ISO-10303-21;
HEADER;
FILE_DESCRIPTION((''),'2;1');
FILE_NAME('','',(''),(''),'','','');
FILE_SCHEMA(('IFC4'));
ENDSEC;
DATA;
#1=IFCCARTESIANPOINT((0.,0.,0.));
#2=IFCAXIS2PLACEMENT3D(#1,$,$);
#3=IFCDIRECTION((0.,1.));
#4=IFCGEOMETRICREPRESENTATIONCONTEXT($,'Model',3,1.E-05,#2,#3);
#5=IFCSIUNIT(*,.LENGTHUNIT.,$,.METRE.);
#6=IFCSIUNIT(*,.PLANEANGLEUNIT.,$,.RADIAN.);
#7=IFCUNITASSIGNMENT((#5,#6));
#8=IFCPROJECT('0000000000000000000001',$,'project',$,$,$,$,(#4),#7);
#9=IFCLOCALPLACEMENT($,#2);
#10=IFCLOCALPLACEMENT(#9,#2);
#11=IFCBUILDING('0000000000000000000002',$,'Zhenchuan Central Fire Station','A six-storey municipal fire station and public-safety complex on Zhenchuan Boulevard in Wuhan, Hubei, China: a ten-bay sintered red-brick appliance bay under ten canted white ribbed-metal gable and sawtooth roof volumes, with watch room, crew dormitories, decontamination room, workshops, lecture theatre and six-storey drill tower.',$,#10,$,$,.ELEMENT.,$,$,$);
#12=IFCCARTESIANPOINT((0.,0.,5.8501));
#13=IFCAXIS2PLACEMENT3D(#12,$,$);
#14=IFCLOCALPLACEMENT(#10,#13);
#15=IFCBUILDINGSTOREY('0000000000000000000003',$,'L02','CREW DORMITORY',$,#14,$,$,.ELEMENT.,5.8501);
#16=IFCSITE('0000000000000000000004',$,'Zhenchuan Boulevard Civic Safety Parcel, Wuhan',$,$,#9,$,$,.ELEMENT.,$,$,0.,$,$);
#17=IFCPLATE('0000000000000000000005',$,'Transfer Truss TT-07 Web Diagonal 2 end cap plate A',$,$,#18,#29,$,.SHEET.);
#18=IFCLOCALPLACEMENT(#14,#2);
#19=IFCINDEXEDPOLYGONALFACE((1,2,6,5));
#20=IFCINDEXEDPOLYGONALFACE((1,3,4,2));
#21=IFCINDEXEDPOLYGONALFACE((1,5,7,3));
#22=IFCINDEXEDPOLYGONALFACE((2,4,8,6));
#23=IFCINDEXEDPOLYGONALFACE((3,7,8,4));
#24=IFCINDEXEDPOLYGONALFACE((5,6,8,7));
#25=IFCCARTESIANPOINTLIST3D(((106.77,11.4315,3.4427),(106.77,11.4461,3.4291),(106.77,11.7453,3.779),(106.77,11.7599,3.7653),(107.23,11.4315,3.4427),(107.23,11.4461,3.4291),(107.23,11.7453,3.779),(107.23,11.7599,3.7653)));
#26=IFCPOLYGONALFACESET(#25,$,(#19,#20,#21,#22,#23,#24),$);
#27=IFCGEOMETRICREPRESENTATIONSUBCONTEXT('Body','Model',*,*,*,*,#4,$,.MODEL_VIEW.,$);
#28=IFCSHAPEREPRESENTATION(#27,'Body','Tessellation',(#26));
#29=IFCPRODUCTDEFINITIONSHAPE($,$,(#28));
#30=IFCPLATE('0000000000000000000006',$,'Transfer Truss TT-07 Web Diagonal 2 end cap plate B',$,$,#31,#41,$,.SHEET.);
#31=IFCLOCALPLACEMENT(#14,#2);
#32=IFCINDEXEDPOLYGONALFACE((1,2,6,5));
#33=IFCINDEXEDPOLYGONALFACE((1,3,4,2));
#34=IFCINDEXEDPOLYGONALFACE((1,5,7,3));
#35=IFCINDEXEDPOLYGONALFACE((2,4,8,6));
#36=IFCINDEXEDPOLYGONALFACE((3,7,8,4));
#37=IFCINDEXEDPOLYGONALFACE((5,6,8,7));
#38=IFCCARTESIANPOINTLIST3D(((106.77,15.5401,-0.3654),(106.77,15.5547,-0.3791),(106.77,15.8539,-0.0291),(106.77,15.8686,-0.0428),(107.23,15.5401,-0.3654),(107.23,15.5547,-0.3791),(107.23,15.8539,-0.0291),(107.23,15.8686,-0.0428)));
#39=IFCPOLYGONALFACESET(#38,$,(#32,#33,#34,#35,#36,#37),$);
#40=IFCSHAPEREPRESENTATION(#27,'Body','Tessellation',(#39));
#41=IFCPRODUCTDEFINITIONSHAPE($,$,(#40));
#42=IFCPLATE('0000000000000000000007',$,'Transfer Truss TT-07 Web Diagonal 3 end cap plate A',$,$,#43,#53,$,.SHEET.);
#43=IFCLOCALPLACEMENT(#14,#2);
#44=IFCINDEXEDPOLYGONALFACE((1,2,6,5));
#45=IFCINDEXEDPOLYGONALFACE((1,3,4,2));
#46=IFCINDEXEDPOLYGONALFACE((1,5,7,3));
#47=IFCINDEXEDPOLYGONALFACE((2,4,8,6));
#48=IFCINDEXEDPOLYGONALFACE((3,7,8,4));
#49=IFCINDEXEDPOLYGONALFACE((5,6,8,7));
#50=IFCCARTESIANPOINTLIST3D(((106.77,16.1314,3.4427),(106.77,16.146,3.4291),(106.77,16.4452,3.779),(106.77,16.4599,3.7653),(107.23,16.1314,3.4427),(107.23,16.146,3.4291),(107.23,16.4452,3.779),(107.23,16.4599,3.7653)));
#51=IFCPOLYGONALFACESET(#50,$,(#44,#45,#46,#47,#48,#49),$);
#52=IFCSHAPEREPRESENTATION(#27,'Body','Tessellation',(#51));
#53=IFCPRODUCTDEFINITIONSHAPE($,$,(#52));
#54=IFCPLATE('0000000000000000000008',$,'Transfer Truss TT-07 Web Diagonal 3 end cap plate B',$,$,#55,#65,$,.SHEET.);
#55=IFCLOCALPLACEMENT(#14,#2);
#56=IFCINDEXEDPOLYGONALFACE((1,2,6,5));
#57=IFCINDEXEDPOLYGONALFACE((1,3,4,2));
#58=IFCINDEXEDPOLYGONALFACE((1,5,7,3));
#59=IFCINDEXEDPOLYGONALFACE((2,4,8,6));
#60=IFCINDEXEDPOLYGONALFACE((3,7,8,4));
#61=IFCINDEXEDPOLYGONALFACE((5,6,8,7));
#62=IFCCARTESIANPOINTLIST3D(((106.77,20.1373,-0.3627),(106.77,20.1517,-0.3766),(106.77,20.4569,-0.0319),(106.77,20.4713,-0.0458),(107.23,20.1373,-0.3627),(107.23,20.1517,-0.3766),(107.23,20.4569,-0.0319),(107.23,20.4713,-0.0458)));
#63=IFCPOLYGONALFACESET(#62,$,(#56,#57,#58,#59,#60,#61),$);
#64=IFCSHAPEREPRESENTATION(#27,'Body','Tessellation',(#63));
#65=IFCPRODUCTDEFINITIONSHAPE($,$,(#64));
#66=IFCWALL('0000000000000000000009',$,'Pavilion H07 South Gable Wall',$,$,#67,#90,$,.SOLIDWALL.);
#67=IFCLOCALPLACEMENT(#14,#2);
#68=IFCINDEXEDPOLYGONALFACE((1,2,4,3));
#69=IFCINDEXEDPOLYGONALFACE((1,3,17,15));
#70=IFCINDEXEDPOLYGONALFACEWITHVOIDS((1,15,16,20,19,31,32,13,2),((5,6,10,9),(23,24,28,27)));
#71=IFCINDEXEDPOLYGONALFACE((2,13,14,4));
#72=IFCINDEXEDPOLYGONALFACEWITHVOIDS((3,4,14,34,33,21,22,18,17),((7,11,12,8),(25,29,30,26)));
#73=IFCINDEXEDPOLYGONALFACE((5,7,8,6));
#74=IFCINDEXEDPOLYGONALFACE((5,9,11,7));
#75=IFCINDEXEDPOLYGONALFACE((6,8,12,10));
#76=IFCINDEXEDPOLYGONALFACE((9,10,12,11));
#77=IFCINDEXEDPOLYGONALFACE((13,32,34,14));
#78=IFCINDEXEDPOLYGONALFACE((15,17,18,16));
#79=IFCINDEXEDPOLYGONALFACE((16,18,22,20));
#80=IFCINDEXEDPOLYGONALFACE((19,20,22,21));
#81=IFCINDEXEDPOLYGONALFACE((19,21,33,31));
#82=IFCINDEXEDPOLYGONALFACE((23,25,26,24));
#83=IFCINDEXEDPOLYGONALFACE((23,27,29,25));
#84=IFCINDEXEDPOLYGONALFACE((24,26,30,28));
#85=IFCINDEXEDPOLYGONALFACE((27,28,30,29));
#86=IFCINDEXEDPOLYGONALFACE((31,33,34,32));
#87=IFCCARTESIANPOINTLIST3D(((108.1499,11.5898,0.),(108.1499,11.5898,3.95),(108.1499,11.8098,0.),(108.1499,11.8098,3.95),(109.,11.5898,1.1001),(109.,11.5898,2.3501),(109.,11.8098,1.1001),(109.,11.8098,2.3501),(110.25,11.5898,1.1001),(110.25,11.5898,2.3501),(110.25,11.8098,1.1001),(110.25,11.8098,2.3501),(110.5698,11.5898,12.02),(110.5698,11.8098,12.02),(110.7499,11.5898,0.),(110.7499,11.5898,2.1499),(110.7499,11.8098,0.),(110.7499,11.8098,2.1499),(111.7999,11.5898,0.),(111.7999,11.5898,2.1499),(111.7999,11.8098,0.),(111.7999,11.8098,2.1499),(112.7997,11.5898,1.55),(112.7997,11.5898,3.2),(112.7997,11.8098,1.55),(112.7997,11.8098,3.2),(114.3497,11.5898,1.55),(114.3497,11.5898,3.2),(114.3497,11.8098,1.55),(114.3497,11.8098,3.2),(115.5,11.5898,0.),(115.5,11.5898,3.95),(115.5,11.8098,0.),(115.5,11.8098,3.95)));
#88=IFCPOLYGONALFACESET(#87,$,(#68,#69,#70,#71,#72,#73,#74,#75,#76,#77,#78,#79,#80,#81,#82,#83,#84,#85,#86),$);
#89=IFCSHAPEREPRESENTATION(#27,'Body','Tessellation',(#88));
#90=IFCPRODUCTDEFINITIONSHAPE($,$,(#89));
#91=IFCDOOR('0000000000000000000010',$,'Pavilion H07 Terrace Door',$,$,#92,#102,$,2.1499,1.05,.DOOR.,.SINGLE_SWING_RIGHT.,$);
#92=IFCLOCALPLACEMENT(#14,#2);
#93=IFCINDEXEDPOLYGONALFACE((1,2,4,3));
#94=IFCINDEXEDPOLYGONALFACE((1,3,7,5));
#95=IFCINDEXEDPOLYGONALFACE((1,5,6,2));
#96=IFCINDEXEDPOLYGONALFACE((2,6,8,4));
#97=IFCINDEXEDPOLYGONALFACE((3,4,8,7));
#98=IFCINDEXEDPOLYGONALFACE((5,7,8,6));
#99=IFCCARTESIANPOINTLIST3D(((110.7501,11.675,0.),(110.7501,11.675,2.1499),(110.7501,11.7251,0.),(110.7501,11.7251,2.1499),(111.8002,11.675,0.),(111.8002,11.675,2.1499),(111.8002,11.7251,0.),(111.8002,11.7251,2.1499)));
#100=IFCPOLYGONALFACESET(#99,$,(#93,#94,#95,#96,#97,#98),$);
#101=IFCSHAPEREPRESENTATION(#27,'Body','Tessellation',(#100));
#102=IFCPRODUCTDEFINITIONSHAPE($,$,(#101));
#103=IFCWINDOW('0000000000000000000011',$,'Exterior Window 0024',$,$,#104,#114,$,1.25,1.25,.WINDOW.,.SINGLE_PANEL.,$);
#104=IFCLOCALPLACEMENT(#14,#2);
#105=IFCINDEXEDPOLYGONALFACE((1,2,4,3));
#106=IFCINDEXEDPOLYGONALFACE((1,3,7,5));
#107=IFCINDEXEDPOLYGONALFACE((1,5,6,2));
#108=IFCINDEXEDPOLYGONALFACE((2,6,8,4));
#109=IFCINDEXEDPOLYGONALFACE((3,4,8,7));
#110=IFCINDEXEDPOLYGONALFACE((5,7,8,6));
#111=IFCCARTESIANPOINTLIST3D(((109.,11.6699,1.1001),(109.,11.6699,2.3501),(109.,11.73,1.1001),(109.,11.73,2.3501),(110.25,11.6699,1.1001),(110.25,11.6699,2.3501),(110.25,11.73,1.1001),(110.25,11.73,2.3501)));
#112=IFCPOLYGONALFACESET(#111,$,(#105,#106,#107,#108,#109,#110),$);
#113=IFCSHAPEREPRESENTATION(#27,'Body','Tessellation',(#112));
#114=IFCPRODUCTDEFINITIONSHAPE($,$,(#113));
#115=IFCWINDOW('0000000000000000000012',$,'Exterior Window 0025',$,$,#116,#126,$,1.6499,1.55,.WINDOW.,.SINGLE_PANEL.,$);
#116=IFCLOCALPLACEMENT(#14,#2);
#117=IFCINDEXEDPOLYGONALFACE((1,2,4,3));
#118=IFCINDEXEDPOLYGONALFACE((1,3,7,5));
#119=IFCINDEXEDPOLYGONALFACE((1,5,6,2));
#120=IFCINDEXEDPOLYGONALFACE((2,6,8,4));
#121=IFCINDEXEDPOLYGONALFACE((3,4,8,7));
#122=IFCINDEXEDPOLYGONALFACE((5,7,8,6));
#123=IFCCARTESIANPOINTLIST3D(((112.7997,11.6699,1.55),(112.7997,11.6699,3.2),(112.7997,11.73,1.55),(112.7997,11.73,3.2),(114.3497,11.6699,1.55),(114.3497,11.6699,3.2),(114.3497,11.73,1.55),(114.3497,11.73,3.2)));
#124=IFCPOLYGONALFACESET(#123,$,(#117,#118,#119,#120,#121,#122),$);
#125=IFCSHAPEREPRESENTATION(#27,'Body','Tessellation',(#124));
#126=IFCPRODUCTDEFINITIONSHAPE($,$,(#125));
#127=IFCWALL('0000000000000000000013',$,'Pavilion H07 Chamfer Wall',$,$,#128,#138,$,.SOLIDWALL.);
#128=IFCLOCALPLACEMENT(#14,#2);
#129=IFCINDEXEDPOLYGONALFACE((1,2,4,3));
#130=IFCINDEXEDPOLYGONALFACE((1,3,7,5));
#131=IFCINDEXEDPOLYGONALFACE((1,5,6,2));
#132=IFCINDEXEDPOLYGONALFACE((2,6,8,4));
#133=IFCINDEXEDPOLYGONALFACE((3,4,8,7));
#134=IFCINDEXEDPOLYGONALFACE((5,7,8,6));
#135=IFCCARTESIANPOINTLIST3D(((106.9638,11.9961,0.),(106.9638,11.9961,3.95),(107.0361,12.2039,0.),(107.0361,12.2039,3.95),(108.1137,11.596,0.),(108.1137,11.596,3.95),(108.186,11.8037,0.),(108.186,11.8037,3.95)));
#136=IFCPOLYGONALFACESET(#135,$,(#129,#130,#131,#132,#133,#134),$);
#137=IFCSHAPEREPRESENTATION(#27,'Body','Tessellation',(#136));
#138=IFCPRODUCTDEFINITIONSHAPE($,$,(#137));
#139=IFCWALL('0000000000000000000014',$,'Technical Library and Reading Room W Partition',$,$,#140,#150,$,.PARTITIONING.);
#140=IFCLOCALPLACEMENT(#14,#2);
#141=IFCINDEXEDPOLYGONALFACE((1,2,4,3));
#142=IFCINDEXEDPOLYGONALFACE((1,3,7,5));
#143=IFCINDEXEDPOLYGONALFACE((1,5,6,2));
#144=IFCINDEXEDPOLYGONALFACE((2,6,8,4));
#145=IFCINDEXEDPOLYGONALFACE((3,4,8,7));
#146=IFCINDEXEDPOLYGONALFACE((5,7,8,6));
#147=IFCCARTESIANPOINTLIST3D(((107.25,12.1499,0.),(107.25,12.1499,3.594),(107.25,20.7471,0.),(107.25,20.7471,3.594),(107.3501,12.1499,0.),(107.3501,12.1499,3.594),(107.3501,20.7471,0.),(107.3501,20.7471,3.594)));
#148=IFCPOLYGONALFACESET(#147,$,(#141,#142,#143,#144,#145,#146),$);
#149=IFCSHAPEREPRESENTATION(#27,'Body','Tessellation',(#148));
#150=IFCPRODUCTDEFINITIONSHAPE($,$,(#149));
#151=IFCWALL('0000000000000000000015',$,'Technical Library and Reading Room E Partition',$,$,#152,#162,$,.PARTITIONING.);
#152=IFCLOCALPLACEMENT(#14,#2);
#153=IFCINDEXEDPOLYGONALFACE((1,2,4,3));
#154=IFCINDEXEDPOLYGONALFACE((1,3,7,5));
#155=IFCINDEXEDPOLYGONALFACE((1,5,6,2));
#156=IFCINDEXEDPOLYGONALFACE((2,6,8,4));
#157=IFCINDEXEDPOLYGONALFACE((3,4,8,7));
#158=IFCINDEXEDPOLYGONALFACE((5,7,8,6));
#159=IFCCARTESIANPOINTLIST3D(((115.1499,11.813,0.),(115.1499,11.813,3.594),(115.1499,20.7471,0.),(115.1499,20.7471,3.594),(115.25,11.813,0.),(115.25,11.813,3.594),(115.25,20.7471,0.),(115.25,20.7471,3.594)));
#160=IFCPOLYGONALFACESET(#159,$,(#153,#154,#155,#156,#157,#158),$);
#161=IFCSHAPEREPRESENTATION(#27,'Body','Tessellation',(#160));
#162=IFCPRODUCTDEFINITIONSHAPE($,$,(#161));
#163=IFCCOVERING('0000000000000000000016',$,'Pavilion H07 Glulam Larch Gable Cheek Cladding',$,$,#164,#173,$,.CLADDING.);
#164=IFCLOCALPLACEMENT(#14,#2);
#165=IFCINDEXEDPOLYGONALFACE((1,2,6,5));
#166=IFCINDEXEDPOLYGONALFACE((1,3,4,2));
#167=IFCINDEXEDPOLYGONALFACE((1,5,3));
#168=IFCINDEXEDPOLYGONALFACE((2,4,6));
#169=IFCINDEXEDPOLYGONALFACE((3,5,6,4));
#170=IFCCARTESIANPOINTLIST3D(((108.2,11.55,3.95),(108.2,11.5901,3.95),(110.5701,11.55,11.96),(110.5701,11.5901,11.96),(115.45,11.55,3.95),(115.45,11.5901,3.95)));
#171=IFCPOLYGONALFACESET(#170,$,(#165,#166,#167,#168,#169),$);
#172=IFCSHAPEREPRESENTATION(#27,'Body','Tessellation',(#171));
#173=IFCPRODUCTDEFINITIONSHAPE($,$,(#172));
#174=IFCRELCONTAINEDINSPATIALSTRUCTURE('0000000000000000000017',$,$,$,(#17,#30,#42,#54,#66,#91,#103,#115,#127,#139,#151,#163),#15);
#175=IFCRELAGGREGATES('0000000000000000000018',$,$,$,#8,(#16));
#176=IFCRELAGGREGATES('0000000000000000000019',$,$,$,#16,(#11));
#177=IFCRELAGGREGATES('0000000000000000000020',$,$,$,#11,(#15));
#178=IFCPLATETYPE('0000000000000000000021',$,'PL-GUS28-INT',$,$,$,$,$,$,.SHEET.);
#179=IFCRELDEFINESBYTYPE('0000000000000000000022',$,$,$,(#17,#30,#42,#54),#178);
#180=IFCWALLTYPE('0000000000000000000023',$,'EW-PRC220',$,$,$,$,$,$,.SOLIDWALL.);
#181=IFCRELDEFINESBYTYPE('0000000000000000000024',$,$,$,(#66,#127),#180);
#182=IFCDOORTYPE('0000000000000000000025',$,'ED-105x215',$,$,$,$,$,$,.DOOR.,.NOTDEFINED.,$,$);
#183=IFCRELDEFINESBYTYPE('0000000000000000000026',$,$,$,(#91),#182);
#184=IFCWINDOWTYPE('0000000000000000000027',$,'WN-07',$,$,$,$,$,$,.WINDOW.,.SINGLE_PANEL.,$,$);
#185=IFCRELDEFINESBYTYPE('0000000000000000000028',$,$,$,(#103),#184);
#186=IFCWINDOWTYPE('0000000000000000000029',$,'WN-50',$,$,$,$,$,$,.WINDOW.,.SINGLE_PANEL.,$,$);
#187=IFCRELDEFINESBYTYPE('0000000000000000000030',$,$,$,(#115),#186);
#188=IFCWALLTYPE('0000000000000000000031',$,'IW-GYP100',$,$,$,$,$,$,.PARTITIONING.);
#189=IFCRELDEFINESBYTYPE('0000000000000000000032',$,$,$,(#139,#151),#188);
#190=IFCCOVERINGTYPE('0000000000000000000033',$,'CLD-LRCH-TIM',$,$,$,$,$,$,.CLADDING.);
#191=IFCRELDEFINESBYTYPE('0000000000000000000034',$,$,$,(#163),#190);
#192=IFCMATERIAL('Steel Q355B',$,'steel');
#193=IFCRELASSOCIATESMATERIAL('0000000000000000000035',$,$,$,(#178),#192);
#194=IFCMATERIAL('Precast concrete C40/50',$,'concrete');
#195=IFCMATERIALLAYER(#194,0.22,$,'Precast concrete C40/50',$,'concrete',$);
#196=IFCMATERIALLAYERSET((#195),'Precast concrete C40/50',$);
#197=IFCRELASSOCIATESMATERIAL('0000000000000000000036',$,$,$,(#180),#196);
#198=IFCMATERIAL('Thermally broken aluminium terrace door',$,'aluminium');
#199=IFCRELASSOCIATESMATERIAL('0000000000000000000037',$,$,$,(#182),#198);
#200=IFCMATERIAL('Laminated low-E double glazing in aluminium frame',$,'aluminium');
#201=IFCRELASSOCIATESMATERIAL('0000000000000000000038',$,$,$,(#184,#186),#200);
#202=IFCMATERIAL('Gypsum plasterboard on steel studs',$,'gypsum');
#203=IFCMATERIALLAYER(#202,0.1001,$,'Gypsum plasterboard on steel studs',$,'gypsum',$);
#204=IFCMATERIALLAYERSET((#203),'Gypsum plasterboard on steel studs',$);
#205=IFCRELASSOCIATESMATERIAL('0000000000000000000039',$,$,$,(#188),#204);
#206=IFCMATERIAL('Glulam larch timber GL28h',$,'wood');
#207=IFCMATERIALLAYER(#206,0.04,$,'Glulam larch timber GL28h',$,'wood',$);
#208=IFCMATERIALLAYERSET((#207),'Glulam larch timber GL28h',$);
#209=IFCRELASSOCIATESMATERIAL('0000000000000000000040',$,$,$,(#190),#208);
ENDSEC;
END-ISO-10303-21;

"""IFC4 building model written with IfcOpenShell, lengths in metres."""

from ifc_helpers import new_model, si_unit, direction, frame, frame_2d, origin, origin_2d, place, context, subcontext, project, spatial, polyline, rectangle, outline, extrude, material, layer, layer_set, material_profile, profile_set, type_object, element, fill, save


model = new_model("IFC4")

# Units and contexts
model_context = context("Model", 3, precision=1e-05, world=origin(), true_north=direction((0.0, 1.0)))
body_context = subcontext(model_context, "Body", "Model", "MODEL_VIEW")
ifc_project = project(units=[si_unit("LENGTHUNIT", "METRE"), si_unit("PLANEANGLEUNIT", "RADIAN")], contexts=[model_context])

# Site, building, storey
site_placement = place(None, origin())
site = spatial("IfcSite", under=ifc_project, at=site_placement, Name="Zhenchuan Boulevard Civic Safety Parcel, Wuhan", CompositionType="ELEMENT", RefElevation=0.0)
building_placement = place(site_placement, origin())
building = spatial("IfcBuilding", under=site, at=building_placement, Name="Zhenchuan Central Fire Station", Description="A six-storey municipal fire station and public-safety complex on Zhenchuan Boulevard in Wuhan, Hubei, China: a ten-bay sintered red-brick appliance bay under ten canted white ribbed-metal gable and sawtooth roof volumes, with watch room, crew dormitories, decontamination room, workshops, lecture theatre and six-storey drill tower.", CompositionType="ELEMENT")
storey_placement = place(building_placement, frame((0.0, 0.0, 5.8501)))
storey = spatial("IfcBuildingStorey", under=building, at=storey_placement, Name="L02", Description="CREW DORMITORY", CompositionType="ELEMENT", Elevation=5.8501)

# Shared definitions
ifc_material_1 = material(Name="Steel Q355B", Category="steel")

# Plates
ifc_material_profile_1 = material_profile(ifc_material_1, rectangle(XDim=0.46, YDim=0.46, at=origin_2d()), Name="PL 460x460x28")
ifc_profile_set_1 = profile_set([ifc_material_profile_1], Name="Steel Q355B")
plate_type_1 = type_object("IfcPlateType", Name="PL-GUS28-INT", PredefinedType="SHEET", material=ifc_profile_set_1)
for number, where, z_axis, x_axis, name in (
    (1, (107.0, 11.5884, 3.6108), (0.0, 0.731055, -0.682318), (-1.0, 0.0, 0.0), "Transfer Truss TT-07 Web Diagonal 2 end cap plate A"),
    (2, (107.0, 15.697, -0.1973), (0.0, 0.731055, -0.682318), (-1.0, 0.0, 0.0), "Transfer Truss TT-07 Web Diagonal 2 end cap plate B"),
    (3, (107.0, 16.2883, 3.6108), (0.0, 0.731055, -0.682318), (-1.0, 0.0, 0.0), "Transfer Truss TT-07 Web Diagonal 3 end cap plate A"),
    (4, (107.0, 20.2971, -0.1973), (0.0, 0.719191, -0.694812), (-1.0, 0.0, 0.0), "Transfer Truss TT-07 Web Diagonal 3 end cap plate B"),
):
    element("IfcPlate", number, at=place(storey_placement, frame(where, z_axis=z_axis, x_axis=x_axis)), inside=storey, type_object=plate_type_1, Name=name, PredefinedType="SHEET", context=body_context, shape_type="SweptSolid", body=[
        extrude(rectangle(XDim=0.46, YDim=0.46, at=origin_2d()), origin(), (0.0, 0.0, 1.0), 0.02),
    ])

# Wall, openings, door, windows
ifc_material_2 = material(Name="Precast concrete C40/50", Category="concrete")
ifc_layer_1 = layer(ifc_material_2, 0.22, Name="Precast concrete C40/50", Category="concrete")
ifc_layer_set_1 = layer_set([ifc_layer_1], Name="Precast concrete C40/50")
wall_type_1 = type_object("IfcWallType", Name="EW-PRC220", PredefinedType="SOLIDWALL", material=ifc_layer_set_1)
wall_1_placement = place(storey_placement, frame((108.1499, 11.7, 0.0), z_axis=(0.0, 0.0, 1.0), x_axis=(1.0, 0.0, 0.0)))
wall_1 = element("IfcWall", 5, at=wall_1_placement, inside=storey, type_object=wall_type_1, Name="Pavilion H07 South Gable Wall", PredefinedType="SOLIDWALL", context=body_context, shape_type="SweptSolid", body=[
    extrude(outline(polyline([(0.0, 0.0), (7.3501, 0.0), (7.3501, 3.95), (2.4199, 12.02), (0.0, 3.95), (0.0, 0.0)])), frame((0.0, 0.1099, 0.0), z_axis=(0.0, -1.0, 0.0), x_axis=(1.0, 0.0, 0.0)), (0.0, 0.0, 1.0), 0.22),
])
opening_1_placement = place(wall_1_placement, frame((2.6001, 0.0, 0.0)))
opening_1 = element("IfcOpeningElement", 6, at=opening_1_placement, cuts=wall_1, PredefinedType="OPENING", context=body_context, shape_type="SweptSolid", body=[
    extrude(rectangle(XDim=1.05, YDim=2.1499, at=frame_2d((0.5249, 1.075))), frame((0.0, 0.1199, 0.0), z_axis=(0.0, -1.0, 0.0), x_axis=(1.0, 0.0, 0.0)), (0.0, 0.0, 1.0), 0.24),
])
opening_2_placement = place(wall_1_placement, frame((0.8501, 0.0, 1.1001)))
opening_2 = element("IfcOpeningElement", 7, at=opening_2_placement, cuts=wall_1, PredefinedType="OPENING", context=body_context, shape_type="SweptSolid", body=[
    extrude(rectangle(XDim=1.25, YDim=1.25, at=frame_2d((0.625, 0.625))), frame((0.0, 0.1199, 0.0), z_axis=(0.0, -1.0, 0.0), x_axis=(1.0, 0.0, 0.0)), (0.0, 0.0, 1.0), 0.24),
])
opening_3_placement = place(wall_1_placement, frame((4.6499, 0.0, 1.55)))
opening_3 = element("IfcOpeningElement", 8, at=opening_3_placement, cuts=wall_1, PredefinedType="OPENING", context=body_context, shape_type="SweptSolid", body=[
    extrude(rectangle(XDim=1.55, YDim=1.6499, at=frame_2d((0.7749, 0.825))), frame((0.0, 0.1199, 0.0), z_axis=(0.0, -1.0, 0.0), x_axis=(1.0, 0.0, 0.0)), (0.0, 0.0, 1.0), 0.24),
])
ifc_material_3 = material(Name="Thermally broken aluminium terrace door", Category="aluminium")
door_type = type_object("IfcDoorType", Name="ED-105x215", OperationType="NOTDEFINED", PredefinedType="DOOR", material=ifc_material_3)
door_placement = place(opening_1_placement, frame((1.05, 0.0, 0.0), z_axis=(0.0, 0.0, 1.0), x_axis=(-1.0, 0.0, 0.0)))
door = element("IfcDoor", 9, at=door_placement, inside=storey, type_object=door_type, Name="Pavilion H07 Terrace Door", OperationType="SINGLE_SWING_RIGHT", OverallHeight=2.1499, OverallWidth=1.05, PredefinedType="DOOR", context=body_context, shape_type="SweptSolid", body=[
    extrude(rectangle(XDim=1.05, YDim=2.1499, at=frame_2d((0.5249, 1.075))), frame((0.0, 0.0249, 0.0), z_axis=(0.0, -1.0, 0.0), x_axis=(1.0, 0.0, 0.0)), (0.0, 0.0, 1.0), 0.05),
])
fill(opening_1, door)
ifc_material_4 = material(Name="Laminated low-E double glazing in aluminium frame", Category="aluminium")
window_type_1 = type_object("IfcWindowType", Name="WN-07", PartitioningType="SINGLE_PANEL", PredefinedType="WINDOW", material=ifc_material_4)
window_1_placement = place(opening_2_placement, origin())
window_1 = element("IfcWindow", 10, at=window_1_placement, inside=storey, type_object=window_type_1, Name="Exterior Window 0024", OverallHeight=1.25, OverallWidth=1.25, PartitioningType="SINGLE_PANEL", PredefinedType="WINDOW", context=body_context, shape_type="SweptSolid", body=[
    extrude(rectangle(XDim=1.25, YDim=1.25, at=frame_2d((0.625, 0.625))), frame((0.0, 0.03, 0.0), z_axis=(0.0, -1.0, 0.0), x_axis=(1.0, 0.0, 0.0)), (0.0, 0.0, 1.0), 0.0601),
])
fill(opening_2, window_1)
window_type_2 = type_object("IfcWindowType", Name="WN-50", PartitioningType="SINGLE_PANEL", PredefinedType="WINDOW", material=ifc_material_4)
window_2_placement = place(opening_3_placement, origin())
window_2 = element("IfcWindow", 11, at=window_2_placement, inside=storey, type_object=window_type_2, Name="Exterior Window 0025", OverallHeight=1.6499, OverallWidth=1.55, PartitioningType="SINGLE_PANEL", PredefinedType="WINDOW", context=body_context, shape_type="SweptSolid", body=[
    extrude(rectangle(XDim=1.55, YDim=1.6499, at=frame_2d((0.7749, 0.825))), frame((0.0, 0.03, 0.0), z_axis=(0.0, -1.0, 0.0), x_axis=(1.0, 0.0, 0.0)), (0.0, 0.0, 1.0), 0.0601),
])
fill(opening_3, window_2)

# Walls
wall_2_placement = place(storey_placement, frame((107.0, 12.1001, 0.0), z_axis=(0.0, 0.0, 1.0), x_axis=(0.944451, -0.328653, 0.0)))
element("IfcWall", 12, at=wall_2_placement, inside=storey, type_object=wall_type_1, Name="Pavilion H07 Chamfer Wall", PredefinedType="SOLIDWALL", context=body_context, shape_type="SweptSolid", body=[
    extrude(outline(polyline([(0.0, 0.0), (1.2175, 0.0), (1.2175, 3.95), (0.0, 3.95), (0.0, 0.0)])), frame((0.0, 0.1099, 0.0), z_axis=(0.0, -1.0, 0.0), x_axis=(1.0, 0.0, 0.0)), (0.0, 0.0, 1.0), 0.22),
])
ifc_material_5 = material(Name="Gypsum plasterboard on steel studs", Category="gypsum")
ifc_layer_2 = layer(ifc_material_5, 0.1001, Name="Gypsum plasterboard on steel studs", Category="gypsum")
ifc_layer_set_2 = layer_set([ifc_layer_2], Name="Gypsum plasterboard on steel studs")
wall_type_2 = type_object("IfcWallType", Name="IW-GYP100", PredefinedType="PARTITIONING", material=ifc_layer_set_2)
wall_3_placement = place(storey_placement, frame((107.3, 12.1499, 0.0), z_axis=(0.0, 0.0, 1.0), x_axis=(0.0, 1.0, 0.0)))
element("IfcWall", 13, at=wall_3_placement, inside=storey, type_object=wall_type_2, Name="Technical Library and Reading Room W Partition", PredefinedType="PARTITIONING", context=body_context, shape_type="SweptSolid", body=[
    extrude(rectangle(XDim=8.5972, YDim=0.1001, at=frame_2d((4.2986, 0.0))), origin(), (0.0, 0.0, 1.0), 3.594),
])
wall_4_placement = place(storey_placement, frame((115.2, 11.813, 0.0), z_axis=(0.0, 0.0, 1.0), x_axis=(0.0, 1.0, 0.0)))
element("IfcWall", 14, at=wall_4_placement, inside=storey, type_object=wall_type_2, Name="Technical Library and Reading Room E Partition", PredefinedType="PARTITIONING", context=body_context, shape_type="SweptSolid", body=[
    extrude(rectangle(XDim=8.9341, YDim=0.1001, at=frame_2d((4.467, 0.0))), origin(), (0.0, 0.0, 1.0), 3.594),
])

# Covering
ifc_material_6 = material(Name="Glulam larch timber GL28h", Category="wood")
ifc_layer_3 = layer(ifc_material_6, 0.04, Name="Glulam larch timber GL28h", Category="wood")
ifc_layer_set_3 = layer_set([ifc_layer_3], Name="Glulam larch timber GL28h")
covering_type_1 = type_object("IfcCoveringType", Name="CLD-LRCH-TIM", PredefinedType="CLADDING", material=ifc_layer_set_3)
covering_1_placement = place(storey_placement, frame((108.2, 11.5701, 3.95), z_axis=(0.0, 0.0, 1.0), x_axis=(1.0, 0.0, 0.0)))
element("IfcCovering", 15, at=covering_1_placement, inside=storey, type_object=covering_type_1, Name="Pavilion H07 Glulam Larch Gable Cheek Cladding", PredefinedType="CLADDING", context=body_context, shape_type="SweptSolid", body=[
    extrude(outline(polyline([(0.0, 0.0), (7.25, 0.0), (7.25, 0.0), (2.3701, 8.01), (0.0, 0.0), (0.0, 0.0)])), frame((0.0, 0.02, 0.0), z_axis=(0.0, -1.0, 0.0), x_axis=(1.0, 0.0, 0.0)), (0.0, 0.0, 1.0), 0.04),
])

save(model, "model.ifc")
